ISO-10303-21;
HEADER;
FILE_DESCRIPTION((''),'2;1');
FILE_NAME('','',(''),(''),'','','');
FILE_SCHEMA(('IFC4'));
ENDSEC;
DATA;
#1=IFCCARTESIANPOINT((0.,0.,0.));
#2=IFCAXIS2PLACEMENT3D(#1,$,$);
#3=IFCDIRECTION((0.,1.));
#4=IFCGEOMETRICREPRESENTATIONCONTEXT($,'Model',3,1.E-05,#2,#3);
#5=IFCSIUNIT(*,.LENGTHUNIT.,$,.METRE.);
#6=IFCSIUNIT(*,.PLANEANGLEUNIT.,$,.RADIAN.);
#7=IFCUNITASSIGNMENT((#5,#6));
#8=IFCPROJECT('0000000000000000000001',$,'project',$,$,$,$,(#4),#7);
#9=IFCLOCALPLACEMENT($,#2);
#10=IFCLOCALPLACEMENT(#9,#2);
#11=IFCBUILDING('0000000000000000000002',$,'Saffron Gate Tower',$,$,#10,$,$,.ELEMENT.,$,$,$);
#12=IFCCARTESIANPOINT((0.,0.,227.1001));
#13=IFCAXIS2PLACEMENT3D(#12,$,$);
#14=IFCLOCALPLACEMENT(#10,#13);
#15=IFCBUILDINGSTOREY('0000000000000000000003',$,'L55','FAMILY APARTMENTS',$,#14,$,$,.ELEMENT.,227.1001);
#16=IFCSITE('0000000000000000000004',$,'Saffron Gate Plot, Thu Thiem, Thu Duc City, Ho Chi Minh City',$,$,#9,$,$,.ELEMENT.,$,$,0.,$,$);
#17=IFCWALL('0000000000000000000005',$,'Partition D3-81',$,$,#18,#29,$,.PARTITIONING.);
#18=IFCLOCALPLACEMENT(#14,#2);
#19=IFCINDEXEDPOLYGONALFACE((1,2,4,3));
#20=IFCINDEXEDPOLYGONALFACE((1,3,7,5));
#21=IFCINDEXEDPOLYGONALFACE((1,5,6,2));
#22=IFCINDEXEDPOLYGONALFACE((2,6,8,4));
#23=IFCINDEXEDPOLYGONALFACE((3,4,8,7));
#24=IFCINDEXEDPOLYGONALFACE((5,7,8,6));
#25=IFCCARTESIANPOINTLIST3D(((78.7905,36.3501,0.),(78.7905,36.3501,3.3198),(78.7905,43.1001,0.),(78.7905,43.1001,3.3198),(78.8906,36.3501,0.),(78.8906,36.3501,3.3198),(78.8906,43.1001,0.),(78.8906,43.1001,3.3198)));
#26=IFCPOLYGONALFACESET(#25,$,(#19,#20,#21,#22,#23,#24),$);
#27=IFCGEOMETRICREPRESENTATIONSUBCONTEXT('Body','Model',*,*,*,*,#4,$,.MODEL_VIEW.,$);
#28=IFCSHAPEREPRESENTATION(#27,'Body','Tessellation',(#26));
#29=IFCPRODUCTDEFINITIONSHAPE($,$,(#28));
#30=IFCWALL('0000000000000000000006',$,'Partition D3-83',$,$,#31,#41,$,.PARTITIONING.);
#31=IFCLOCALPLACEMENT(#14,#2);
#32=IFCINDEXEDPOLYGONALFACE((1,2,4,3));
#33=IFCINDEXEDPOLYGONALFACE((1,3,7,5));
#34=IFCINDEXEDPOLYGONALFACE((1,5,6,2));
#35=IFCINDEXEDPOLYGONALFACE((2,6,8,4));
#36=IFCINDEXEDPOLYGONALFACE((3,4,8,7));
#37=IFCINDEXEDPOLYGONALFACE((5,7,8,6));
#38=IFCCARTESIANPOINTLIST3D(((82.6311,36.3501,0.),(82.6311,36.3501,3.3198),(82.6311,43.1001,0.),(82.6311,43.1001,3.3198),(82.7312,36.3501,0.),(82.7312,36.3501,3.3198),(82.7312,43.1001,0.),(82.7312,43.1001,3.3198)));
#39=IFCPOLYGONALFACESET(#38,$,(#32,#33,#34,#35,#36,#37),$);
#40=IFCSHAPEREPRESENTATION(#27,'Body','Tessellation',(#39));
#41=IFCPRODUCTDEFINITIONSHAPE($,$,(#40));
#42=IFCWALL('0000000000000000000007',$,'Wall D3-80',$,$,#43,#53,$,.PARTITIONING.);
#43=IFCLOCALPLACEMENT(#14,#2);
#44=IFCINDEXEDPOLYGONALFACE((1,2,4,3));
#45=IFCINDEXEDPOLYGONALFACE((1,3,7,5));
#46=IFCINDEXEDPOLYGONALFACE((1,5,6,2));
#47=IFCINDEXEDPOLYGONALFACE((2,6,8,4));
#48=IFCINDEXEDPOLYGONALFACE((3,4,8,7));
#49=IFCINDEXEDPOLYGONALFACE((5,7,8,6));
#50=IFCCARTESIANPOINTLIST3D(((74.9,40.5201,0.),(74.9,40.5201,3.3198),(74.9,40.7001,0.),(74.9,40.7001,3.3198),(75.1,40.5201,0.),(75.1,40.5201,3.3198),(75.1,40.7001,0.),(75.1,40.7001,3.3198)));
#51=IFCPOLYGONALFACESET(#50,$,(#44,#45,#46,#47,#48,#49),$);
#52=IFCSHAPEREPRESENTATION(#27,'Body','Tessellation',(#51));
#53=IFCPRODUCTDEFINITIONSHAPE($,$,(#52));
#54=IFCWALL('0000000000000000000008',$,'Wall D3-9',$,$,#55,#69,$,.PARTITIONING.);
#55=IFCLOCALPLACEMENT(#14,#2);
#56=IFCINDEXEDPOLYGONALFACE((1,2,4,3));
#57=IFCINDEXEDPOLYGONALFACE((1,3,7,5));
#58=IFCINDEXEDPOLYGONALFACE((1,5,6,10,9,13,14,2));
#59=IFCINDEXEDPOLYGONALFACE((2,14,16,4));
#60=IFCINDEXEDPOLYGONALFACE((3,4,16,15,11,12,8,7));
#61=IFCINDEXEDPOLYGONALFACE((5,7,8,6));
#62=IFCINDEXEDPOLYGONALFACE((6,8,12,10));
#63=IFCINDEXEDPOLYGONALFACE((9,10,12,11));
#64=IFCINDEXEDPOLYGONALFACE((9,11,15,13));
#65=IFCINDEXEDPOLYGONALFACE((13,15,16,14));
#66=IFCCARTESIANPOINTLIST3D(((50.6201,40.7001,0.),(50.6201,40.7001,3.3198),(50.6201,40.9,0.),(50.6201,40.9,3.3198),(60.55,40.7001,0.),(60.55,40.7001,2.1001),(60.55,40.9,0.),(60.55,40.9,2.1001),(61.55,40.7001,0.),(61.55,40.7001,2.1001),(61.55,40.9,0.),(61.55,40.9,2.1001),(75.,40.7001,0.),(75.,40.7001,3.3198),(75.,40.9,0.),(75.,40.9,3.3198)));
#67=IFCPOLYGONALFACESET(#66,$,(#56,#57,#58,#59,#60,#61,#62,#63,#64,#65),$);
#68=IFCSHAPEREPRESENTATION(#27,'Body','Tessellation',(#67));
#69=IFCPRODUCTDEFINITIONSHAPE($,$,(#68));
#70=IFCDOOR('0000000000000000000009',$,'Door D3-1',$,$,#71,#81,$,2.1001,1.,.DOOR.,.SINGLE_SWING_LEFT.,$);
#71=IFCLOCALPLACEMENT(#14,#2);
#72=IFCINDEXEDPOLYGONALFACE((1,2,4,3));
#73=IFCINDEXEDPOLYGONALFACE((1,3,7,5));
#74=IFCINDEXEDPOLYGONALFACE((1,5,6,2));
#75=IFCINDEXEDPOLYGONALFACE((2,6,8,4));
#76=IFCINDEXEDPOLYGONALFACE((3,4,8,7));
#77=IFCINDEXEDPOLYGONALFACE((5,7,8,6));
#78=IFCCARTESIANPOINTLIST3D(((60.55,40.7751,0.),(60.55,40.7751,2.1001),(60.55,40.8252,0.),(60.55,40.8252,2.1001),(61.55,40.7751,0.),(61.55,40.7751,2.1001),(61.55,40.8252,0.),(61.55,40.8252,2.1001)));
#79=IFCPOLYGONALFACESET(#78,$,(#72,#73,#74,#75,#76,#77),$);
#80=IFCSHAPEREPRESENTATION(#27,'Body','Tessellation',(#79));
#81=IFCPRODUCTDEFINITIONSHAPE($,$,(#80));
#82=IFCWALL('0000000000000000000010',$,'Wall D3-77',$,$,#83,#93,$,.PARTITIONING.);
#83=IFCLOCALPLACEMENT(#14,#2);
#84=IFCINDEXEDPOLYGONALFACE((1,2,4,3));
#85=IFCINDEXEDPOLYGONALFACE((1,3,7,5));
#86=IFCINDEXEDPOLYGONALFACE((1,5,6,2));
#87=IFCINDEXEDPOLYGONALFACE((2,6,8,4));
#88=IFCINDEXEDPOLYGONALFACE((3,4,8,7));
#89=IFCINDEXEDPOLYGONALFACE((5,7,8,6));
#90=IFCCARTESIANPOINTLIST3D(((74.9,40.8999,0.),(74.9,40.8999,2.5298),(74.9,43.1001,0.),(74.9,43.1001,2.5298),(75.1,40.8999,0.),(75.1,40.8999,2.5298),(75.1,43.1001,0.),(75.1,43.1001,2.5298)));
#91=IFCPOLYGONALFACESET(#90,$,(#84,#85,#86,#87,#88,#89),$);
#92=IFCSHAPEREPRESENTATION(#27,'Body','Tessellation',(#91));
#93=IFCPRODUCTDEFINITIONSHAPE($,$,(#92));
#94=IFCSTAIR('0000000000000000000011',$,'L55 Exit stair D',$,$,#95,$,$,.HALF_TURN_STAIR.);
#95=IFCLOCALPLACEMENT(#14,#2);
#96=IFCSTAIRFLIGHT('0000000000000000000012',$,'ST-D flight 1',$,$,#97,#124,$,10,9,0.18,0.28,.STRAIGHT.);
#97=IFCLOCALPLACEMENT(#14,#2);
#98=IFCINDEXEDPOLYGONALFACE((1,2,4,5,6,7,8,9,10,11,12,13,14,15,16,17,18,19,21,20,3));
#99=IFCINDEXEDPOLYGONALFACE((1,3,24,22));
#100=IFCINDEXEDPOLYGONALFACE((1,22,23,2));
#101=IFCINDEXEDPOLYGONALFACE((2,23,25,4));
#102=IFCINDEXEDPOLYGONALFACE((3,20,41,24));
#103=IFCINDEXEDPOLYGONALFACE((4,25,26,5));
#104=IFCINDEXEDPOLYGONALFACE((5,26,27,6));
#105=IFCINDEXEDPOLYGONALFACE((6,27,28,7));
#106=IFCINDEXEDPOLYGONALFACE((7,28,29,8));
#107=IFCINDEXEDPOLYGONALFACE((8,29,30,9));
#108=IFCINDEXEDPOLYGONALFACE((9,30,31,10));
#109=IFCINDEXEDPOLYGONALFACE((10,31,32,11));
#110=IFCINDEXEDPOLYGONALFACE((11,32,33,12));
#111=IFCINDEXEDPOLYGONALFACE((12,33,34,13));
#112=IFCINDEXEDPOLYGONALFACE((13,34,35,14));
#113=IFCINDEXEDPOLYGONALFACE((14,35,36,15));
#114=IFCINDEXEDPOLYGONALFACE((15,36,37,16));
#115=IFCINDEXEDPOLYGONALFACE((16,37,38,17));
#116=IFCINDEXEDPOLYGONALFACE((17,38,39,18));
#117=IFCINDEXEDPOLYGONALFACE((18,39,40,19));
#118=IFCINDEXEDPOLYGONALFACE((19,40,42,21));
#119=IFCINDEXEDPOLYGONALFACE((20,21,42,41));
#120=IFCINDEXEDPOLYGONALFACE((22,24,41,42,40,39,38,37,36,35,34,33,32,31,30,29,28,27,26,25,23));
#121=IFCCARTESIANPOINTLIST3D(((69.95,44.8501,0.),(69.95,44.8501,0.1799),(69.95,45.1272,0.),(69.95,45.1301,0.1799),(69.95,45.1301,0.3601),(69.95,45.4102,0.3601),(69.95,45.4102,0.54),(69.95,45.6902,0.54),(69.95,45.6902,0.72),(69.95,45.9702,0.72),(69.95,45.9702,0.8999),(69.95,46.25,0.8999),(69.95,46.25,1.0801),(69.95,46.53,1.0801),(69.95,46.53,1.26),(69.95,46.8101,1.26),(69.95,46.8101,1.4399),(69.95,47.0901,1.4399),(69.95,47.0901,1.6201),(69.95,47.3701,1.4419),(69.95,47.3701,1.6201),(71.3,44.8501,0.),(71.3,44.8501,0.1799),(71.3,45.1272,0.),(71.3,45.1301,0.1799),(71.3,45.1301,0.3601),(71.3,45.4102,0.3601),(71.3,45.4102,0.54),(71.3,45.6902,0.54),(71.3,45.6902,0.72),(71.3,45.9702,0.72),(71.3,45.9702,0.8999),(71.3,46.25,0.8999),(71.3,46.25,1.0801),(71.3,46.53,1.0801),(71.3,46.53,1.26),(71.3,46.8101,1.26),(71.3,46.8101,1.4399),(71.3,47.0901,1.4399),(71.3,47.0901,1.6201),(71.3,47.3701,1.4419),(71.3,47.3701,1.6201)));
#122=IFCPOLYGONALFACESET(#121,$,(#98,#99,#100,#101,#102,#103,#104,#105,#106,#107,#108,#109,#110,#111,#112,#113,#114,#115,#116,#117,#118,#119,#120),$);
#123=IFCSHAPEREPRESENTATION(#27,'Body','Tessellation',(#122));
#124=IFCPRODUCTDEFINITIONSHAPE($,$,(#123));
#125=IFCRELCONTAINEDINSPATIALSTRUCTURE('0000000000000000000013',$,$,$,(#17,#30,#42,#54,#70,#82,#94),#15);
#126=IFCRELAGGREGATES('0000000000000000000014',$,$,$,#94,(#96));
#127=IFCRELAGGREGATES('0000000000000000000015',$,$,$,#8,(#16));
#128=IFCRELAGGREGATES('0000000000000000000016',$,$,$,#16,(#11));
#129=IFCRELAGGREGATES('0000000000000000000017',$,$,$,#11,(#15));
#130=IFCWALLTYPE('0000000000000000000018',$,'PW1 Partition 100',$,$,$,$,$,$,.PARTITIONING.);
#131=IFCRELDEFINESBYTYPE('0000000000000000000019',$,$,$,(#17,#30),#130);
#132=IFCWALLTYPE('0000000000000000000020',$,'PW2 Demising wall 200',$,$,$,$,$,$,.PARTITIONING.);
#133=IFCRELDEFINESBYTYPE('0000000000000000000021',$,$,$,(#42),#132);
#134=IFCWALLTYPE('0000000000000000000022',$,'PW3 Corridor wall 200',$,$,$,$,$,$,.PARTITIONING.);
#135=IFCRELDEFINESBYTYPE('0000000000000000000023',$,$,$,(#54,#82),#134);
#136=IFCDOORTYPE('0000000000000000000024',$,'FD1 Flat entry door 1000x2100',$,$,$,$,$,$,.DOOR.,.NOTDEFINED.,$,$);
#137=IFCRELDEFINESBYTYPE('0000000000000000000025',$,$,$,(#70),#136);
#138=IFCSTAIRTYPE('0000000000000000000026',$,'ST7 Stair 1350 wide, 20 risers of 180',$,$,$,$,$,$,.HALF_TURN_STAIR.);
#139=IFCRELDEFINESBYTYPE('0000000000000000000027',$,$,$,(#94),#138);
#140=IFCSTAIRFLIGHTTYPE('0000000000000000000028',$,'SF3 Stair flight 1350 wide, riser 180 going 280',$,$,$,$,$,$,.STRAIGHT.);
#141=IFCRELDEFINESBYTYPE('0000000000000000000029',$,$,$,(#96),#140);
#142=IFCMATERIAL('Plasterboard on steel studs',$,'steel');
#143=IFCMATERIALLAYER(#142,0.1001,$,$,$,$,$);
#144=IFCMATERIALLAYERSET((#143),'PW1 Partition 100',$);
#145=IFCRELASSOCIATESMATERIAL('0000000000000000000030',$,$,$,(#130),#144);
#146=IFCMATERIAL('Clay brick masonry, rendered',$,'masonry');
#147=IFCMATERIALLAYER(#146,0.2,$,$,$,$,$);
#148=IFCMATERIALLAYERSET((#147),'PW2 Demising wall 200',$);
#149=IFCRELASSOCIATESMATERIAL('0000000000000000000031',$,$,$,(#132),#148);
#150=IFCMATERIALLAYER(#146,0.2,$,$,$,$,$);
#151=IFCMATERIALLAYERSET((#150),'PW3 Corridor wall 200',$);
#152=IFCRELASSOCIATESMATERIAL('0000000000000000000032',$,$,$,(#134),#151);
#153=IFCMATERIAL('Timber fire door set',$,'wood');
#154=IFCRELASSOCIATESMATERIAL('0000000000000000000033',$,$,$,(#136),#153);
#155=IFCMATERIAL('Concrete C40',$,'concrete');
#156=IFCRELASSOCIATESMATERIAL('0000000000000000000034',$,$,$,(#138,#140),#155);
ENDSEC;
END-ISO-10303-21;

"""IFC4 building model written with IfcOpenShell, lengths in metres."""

from ifc_helpers import new_model, si_unit, direction, frame, frame_2d, origin, place, context, subcontext, project, spatial, polyline, rectangle, outline, extrude, material, layer, layer_set, type_object, element, fill, aggregate, save


model = new_model("IFC4")

# Units and contexts
model_context = context("Model", 3, precision=1e-05, world=origin(), true_north=direction((0.0, 1.0)))
body_context = subcontext(model_context, "Body", "Model", "MODEL_VIEW")
ifc_project = project(units=[si_unit("LENGTHUNIT", "METRE"), si_unit("PLANEANGLEUNIT", "RADIAN")], contexts=[model_context])

# Site, building, storey
site_placement = place(None, origin())
site = spatial("IfcSite", under=ifc_project, at=site_placement, Name="Saffron Gate Plot, Thu Thiem, Thu Duc City, Ho Chi Minh City", CompositionType="ELEMENT", RefElevation=0.0)
building_placement = place(site_placement, origin())
building = spatial("IfcBuilding", under=site, at=building_placement, Name="Saffron Gate Tower", CompositionType="ELEMENT")
storey_placement = place(building_placement, frame((0.0, 0.0, 227.1001)))
storey = spatial("IfcBuildingStorey", under=building, at=storey_placement, Name="L55", Description="FAMILY APARTMENTS", CompositionType="ELEMENT", Elevation=227.1001)

# Walls
ifc_material_1 = material(Name="Plasterboard on steel studs", Category="steel")
ifc_layer_1 = layer(ifc_material_1, 0.1001)
ifc_layer_set_1 = layer_set([ifc_layer_1], Name="PW1 Partition 100")
wall_type_1 = type_object("IfcWallType", Name="PW1 Partition 100", PredefinedType="PARTITIONING", material=ifc_layer_set_1)
for number, where, z_axis, x_axis, name in (
    (1, (78.8406, 43.1001, 0.0), (0.0, 0.0, 1.0), (0.0, -1.0, 0.0), "Partition D3-81"),
    (2, (82.6812, 43.1001, 0.0), (0.0, 0.0, 1.0), (0.0, -1.0, 0.0), "Partition D3-83"),
):
    element("IfcWall", number, at=place(storey_placement, frame(where, z_axis=z_axis, x_axis=x_axis)), inside=storey, type_object=wall_type_1, Name=name, PredefinedType="PARTITIONING", context=body_context, shape_type="SweptSolid", body=[
        extrude(rectangle(XDim=6.75, YDim=0.1001, at=frame_2d((3.375, 0.0))), origin(), (0.0, 0.0, 1.0), 3.3198),
    ])
ifc_material_2 = material(Name="Clay brick masonry, rendered", Category="masonry")
ifc_layer_2 = layer(ifc_material_2, 0.2)
ifc_layer_set_2 = layer_set([ifc_layer_2], Name="PW2 Demising wall 200")
wall_type_2 = type_object("IfcWallType", Name="PW2 Demising wall 200", PredefinedType="PARTITIONING", material=ifc_layer_set_2)
wall_1_placement = place(storey_placement, frame((75.0, 40.7, 0.0), z_axis=(0.0, 0.0, 1.0), x_axis=(0.0, -1.0, 0.0)))
element("IfcWall", 3, at=wall_1_placement, inside=storey, type_object=wall_type_2, Name="Wall D3-80", PredefinedType="PARTITIONING", context=body_context, shape_type="SweptSolid", body=[
    extrude(rectangle(XDim=0.1799, YDim=0.2, at=frame_2d((0.0898, 0.0))), origin(), (0.0, 0.0, 1.0), 3.3198),
])

# Wall, opening, door
ifc_layer_3 = layer(ifc_material_2, 0.2)
ifc_layer_set_3 = layer_set([ifc_layer_3], Name="PW3 Corridor wall 200")
wall_type_3 = type_object("IfcWallType", Name="PW3 Corridor wall 200", PredefinedType="PARTITIONING", material=ifc_layer_set_3)
wall_2_placement = place(storey_placement, frame((75.0, 40.8, 0.0), z_axis=(0.0, 0.0, 1.0), x_axis=(-1.0, 0.0, 0.0)))
wall_2 = element("IfcWall", 4, at=wall_2_placement, inside=storey, type_object=wall_type_3, Name="Wall D3-9", PredefinedType="PARTITIONING", context=body_context, shape_type="SweptSolid", body=[
    extrude(rectangle(XDim=24.3799, YDim=0.2, at=frame_2d((12.1899, 0.0))), origin(), (0.0, 0.0, 1.0), 3.3198),
])
opening_1_placement = place(wall_2_placement, frame((13.45, 0.0, 0.0)))
opening_1 = element("IfcOpeningElement", 5, at=opening_1_placement, cuts=wall_2, PredefinedType="OPENING", context=body_context, shape_type="SweptSolid", body=[
    extrude(rectangle(XDim=1.0, YDim=2.1001, at=frame_2d((0.5, 1.05))), frame((0.0, 0.1099, 0.0), z_axis=(0.0, -1.0, 0.0), x_axis=(1.0, 0.0, 0.0)), (0.0, 0.0, 1.0), 0.22),
])
ifc_material_3 = material(Name="Timber fire door set", Category="wood")
door_type_1 = type_object("IfcDoorType", Name="FD1 Flat entry door 1000x2100", OperationType="NOTDEFINED", PredefinedType="DOOR", material=ifc_material_3)
door_1_placement = place(opening_1_placement, origin())
door_1 = element("IfcDoor", 6, at=door_1_placement, inside=storey, type_object=door_type_1, Name="Door D3-1", OperationType="SINGLE_SWING_LEFT", OverallHeight=2.1001, OverallWidth=1.0, PredefinedType="DOOR", context=body_context, shape_type="SweptSolid", body=[
    extrude(rectangle(XDim=1.0, YDim=2.1001, at=frame_2d((0.5, 1.05))), frame((0.0, 0.0249, 0.0), z_axis=(0.0, -1.0, 0.0), x_axis=(1.0, 0.0, 0.0)), (0.0, 0.0, 1.0), 0.05),
])
fill(opening_1, door_1)

# Wall
wall_3_placement = place(storey_placement, frame((75.0, 43.1001, 0.0), z_axis=(0.0, 0.0, 1.0), x_axis=(0.0, -1.0, 0.0)))
element("IfcWall", 7, at=wall_3_placement, inside=storey, type_object=wall_type_3, Name="Wall D3-77", PredefinedType="PARTITIONING", context=body_context, shape_type="SweptSolid", body=[
    extrude(rectangle(XDim=2.2002, YDim=0.2, at=frame_2d((1.1001, 0.0))), origin(), (0.0, 0.0, 1.0), 2.5298),
])

# Stair, stair flight
ifc_material_4 = material(Name="Concrete C40", Category="concrete")
stair_type = type_object("IfcStairType", Name="ST7 Stair 1350 wide, 20 risers of 180", PredefinedType="HALF_TURN_STAIR", material=ifc_material_4)
stair_placement = place(storey_placement, origin())
stair = element("IfcStair", 8, at=stair_placement, inside=storey, type_object=stair_type, Name="L55 Exit stair D", PredefinedType="HALF_TURN_STAIR")
stair_flight_type = type_object("IfcStairFlightType", Name="SF3 Stair flight 1350 wide, riser 180 going 280", PredefinedType="STRAIGHT", material=ifc_material_4)
stair_flight_placement = place(storey_placement, frame((70.625, 44.8501, 0.0), z_axis=(0.0, 0.0, 1.0), x_axis=(0.0, 1.0, 0.0)))
stair_flight = element("IfcStairFlight", 9, at=stair_flight_placement, type_object=stair_flight_type, Name="ST-D flight 1", NumberOfRisers=10, NumberOfTreads=9, PredefinedType="STRAIGHT", RiserHeight=0.18, TreadLength=0.28, context=body_context, shape_type="SweptSolid", body=[
    extrude(outline(polyline([(0.0, 0.0), (0.0, 0.1799), (0.28, 0.1799), (0.28, 0.3601), (0.5601, 0.3601), (0.5601, 0.54), (0.8401, 0.54), (0.8401, 0.72), (1.1201, 0.72), (1.1201, 0.8999), (1.3999, 0.8999), (1.3999, 1.0801), (1.6799, 1.0801), (1.6799, 1.26), (1.96, 1.26), (1.96, 1.4399), (2.24, 1.4399), (2.24, 1.6201), (2.52, 1.6201), (2.52, 1.8), (2.52, 1.4419), (0.2771, 0.0), (0.0, 0.0)])), frame((0.0, 0.675, 0.0), z_axis=(0.0, -1.0, 0.0), x_axis=(1.0, 0.0, 0.0)), (0.0, 0.0, 1.0), 1.3501),
])
aggregate(stair, [stair_flight])

save(model, "model.ifc")
